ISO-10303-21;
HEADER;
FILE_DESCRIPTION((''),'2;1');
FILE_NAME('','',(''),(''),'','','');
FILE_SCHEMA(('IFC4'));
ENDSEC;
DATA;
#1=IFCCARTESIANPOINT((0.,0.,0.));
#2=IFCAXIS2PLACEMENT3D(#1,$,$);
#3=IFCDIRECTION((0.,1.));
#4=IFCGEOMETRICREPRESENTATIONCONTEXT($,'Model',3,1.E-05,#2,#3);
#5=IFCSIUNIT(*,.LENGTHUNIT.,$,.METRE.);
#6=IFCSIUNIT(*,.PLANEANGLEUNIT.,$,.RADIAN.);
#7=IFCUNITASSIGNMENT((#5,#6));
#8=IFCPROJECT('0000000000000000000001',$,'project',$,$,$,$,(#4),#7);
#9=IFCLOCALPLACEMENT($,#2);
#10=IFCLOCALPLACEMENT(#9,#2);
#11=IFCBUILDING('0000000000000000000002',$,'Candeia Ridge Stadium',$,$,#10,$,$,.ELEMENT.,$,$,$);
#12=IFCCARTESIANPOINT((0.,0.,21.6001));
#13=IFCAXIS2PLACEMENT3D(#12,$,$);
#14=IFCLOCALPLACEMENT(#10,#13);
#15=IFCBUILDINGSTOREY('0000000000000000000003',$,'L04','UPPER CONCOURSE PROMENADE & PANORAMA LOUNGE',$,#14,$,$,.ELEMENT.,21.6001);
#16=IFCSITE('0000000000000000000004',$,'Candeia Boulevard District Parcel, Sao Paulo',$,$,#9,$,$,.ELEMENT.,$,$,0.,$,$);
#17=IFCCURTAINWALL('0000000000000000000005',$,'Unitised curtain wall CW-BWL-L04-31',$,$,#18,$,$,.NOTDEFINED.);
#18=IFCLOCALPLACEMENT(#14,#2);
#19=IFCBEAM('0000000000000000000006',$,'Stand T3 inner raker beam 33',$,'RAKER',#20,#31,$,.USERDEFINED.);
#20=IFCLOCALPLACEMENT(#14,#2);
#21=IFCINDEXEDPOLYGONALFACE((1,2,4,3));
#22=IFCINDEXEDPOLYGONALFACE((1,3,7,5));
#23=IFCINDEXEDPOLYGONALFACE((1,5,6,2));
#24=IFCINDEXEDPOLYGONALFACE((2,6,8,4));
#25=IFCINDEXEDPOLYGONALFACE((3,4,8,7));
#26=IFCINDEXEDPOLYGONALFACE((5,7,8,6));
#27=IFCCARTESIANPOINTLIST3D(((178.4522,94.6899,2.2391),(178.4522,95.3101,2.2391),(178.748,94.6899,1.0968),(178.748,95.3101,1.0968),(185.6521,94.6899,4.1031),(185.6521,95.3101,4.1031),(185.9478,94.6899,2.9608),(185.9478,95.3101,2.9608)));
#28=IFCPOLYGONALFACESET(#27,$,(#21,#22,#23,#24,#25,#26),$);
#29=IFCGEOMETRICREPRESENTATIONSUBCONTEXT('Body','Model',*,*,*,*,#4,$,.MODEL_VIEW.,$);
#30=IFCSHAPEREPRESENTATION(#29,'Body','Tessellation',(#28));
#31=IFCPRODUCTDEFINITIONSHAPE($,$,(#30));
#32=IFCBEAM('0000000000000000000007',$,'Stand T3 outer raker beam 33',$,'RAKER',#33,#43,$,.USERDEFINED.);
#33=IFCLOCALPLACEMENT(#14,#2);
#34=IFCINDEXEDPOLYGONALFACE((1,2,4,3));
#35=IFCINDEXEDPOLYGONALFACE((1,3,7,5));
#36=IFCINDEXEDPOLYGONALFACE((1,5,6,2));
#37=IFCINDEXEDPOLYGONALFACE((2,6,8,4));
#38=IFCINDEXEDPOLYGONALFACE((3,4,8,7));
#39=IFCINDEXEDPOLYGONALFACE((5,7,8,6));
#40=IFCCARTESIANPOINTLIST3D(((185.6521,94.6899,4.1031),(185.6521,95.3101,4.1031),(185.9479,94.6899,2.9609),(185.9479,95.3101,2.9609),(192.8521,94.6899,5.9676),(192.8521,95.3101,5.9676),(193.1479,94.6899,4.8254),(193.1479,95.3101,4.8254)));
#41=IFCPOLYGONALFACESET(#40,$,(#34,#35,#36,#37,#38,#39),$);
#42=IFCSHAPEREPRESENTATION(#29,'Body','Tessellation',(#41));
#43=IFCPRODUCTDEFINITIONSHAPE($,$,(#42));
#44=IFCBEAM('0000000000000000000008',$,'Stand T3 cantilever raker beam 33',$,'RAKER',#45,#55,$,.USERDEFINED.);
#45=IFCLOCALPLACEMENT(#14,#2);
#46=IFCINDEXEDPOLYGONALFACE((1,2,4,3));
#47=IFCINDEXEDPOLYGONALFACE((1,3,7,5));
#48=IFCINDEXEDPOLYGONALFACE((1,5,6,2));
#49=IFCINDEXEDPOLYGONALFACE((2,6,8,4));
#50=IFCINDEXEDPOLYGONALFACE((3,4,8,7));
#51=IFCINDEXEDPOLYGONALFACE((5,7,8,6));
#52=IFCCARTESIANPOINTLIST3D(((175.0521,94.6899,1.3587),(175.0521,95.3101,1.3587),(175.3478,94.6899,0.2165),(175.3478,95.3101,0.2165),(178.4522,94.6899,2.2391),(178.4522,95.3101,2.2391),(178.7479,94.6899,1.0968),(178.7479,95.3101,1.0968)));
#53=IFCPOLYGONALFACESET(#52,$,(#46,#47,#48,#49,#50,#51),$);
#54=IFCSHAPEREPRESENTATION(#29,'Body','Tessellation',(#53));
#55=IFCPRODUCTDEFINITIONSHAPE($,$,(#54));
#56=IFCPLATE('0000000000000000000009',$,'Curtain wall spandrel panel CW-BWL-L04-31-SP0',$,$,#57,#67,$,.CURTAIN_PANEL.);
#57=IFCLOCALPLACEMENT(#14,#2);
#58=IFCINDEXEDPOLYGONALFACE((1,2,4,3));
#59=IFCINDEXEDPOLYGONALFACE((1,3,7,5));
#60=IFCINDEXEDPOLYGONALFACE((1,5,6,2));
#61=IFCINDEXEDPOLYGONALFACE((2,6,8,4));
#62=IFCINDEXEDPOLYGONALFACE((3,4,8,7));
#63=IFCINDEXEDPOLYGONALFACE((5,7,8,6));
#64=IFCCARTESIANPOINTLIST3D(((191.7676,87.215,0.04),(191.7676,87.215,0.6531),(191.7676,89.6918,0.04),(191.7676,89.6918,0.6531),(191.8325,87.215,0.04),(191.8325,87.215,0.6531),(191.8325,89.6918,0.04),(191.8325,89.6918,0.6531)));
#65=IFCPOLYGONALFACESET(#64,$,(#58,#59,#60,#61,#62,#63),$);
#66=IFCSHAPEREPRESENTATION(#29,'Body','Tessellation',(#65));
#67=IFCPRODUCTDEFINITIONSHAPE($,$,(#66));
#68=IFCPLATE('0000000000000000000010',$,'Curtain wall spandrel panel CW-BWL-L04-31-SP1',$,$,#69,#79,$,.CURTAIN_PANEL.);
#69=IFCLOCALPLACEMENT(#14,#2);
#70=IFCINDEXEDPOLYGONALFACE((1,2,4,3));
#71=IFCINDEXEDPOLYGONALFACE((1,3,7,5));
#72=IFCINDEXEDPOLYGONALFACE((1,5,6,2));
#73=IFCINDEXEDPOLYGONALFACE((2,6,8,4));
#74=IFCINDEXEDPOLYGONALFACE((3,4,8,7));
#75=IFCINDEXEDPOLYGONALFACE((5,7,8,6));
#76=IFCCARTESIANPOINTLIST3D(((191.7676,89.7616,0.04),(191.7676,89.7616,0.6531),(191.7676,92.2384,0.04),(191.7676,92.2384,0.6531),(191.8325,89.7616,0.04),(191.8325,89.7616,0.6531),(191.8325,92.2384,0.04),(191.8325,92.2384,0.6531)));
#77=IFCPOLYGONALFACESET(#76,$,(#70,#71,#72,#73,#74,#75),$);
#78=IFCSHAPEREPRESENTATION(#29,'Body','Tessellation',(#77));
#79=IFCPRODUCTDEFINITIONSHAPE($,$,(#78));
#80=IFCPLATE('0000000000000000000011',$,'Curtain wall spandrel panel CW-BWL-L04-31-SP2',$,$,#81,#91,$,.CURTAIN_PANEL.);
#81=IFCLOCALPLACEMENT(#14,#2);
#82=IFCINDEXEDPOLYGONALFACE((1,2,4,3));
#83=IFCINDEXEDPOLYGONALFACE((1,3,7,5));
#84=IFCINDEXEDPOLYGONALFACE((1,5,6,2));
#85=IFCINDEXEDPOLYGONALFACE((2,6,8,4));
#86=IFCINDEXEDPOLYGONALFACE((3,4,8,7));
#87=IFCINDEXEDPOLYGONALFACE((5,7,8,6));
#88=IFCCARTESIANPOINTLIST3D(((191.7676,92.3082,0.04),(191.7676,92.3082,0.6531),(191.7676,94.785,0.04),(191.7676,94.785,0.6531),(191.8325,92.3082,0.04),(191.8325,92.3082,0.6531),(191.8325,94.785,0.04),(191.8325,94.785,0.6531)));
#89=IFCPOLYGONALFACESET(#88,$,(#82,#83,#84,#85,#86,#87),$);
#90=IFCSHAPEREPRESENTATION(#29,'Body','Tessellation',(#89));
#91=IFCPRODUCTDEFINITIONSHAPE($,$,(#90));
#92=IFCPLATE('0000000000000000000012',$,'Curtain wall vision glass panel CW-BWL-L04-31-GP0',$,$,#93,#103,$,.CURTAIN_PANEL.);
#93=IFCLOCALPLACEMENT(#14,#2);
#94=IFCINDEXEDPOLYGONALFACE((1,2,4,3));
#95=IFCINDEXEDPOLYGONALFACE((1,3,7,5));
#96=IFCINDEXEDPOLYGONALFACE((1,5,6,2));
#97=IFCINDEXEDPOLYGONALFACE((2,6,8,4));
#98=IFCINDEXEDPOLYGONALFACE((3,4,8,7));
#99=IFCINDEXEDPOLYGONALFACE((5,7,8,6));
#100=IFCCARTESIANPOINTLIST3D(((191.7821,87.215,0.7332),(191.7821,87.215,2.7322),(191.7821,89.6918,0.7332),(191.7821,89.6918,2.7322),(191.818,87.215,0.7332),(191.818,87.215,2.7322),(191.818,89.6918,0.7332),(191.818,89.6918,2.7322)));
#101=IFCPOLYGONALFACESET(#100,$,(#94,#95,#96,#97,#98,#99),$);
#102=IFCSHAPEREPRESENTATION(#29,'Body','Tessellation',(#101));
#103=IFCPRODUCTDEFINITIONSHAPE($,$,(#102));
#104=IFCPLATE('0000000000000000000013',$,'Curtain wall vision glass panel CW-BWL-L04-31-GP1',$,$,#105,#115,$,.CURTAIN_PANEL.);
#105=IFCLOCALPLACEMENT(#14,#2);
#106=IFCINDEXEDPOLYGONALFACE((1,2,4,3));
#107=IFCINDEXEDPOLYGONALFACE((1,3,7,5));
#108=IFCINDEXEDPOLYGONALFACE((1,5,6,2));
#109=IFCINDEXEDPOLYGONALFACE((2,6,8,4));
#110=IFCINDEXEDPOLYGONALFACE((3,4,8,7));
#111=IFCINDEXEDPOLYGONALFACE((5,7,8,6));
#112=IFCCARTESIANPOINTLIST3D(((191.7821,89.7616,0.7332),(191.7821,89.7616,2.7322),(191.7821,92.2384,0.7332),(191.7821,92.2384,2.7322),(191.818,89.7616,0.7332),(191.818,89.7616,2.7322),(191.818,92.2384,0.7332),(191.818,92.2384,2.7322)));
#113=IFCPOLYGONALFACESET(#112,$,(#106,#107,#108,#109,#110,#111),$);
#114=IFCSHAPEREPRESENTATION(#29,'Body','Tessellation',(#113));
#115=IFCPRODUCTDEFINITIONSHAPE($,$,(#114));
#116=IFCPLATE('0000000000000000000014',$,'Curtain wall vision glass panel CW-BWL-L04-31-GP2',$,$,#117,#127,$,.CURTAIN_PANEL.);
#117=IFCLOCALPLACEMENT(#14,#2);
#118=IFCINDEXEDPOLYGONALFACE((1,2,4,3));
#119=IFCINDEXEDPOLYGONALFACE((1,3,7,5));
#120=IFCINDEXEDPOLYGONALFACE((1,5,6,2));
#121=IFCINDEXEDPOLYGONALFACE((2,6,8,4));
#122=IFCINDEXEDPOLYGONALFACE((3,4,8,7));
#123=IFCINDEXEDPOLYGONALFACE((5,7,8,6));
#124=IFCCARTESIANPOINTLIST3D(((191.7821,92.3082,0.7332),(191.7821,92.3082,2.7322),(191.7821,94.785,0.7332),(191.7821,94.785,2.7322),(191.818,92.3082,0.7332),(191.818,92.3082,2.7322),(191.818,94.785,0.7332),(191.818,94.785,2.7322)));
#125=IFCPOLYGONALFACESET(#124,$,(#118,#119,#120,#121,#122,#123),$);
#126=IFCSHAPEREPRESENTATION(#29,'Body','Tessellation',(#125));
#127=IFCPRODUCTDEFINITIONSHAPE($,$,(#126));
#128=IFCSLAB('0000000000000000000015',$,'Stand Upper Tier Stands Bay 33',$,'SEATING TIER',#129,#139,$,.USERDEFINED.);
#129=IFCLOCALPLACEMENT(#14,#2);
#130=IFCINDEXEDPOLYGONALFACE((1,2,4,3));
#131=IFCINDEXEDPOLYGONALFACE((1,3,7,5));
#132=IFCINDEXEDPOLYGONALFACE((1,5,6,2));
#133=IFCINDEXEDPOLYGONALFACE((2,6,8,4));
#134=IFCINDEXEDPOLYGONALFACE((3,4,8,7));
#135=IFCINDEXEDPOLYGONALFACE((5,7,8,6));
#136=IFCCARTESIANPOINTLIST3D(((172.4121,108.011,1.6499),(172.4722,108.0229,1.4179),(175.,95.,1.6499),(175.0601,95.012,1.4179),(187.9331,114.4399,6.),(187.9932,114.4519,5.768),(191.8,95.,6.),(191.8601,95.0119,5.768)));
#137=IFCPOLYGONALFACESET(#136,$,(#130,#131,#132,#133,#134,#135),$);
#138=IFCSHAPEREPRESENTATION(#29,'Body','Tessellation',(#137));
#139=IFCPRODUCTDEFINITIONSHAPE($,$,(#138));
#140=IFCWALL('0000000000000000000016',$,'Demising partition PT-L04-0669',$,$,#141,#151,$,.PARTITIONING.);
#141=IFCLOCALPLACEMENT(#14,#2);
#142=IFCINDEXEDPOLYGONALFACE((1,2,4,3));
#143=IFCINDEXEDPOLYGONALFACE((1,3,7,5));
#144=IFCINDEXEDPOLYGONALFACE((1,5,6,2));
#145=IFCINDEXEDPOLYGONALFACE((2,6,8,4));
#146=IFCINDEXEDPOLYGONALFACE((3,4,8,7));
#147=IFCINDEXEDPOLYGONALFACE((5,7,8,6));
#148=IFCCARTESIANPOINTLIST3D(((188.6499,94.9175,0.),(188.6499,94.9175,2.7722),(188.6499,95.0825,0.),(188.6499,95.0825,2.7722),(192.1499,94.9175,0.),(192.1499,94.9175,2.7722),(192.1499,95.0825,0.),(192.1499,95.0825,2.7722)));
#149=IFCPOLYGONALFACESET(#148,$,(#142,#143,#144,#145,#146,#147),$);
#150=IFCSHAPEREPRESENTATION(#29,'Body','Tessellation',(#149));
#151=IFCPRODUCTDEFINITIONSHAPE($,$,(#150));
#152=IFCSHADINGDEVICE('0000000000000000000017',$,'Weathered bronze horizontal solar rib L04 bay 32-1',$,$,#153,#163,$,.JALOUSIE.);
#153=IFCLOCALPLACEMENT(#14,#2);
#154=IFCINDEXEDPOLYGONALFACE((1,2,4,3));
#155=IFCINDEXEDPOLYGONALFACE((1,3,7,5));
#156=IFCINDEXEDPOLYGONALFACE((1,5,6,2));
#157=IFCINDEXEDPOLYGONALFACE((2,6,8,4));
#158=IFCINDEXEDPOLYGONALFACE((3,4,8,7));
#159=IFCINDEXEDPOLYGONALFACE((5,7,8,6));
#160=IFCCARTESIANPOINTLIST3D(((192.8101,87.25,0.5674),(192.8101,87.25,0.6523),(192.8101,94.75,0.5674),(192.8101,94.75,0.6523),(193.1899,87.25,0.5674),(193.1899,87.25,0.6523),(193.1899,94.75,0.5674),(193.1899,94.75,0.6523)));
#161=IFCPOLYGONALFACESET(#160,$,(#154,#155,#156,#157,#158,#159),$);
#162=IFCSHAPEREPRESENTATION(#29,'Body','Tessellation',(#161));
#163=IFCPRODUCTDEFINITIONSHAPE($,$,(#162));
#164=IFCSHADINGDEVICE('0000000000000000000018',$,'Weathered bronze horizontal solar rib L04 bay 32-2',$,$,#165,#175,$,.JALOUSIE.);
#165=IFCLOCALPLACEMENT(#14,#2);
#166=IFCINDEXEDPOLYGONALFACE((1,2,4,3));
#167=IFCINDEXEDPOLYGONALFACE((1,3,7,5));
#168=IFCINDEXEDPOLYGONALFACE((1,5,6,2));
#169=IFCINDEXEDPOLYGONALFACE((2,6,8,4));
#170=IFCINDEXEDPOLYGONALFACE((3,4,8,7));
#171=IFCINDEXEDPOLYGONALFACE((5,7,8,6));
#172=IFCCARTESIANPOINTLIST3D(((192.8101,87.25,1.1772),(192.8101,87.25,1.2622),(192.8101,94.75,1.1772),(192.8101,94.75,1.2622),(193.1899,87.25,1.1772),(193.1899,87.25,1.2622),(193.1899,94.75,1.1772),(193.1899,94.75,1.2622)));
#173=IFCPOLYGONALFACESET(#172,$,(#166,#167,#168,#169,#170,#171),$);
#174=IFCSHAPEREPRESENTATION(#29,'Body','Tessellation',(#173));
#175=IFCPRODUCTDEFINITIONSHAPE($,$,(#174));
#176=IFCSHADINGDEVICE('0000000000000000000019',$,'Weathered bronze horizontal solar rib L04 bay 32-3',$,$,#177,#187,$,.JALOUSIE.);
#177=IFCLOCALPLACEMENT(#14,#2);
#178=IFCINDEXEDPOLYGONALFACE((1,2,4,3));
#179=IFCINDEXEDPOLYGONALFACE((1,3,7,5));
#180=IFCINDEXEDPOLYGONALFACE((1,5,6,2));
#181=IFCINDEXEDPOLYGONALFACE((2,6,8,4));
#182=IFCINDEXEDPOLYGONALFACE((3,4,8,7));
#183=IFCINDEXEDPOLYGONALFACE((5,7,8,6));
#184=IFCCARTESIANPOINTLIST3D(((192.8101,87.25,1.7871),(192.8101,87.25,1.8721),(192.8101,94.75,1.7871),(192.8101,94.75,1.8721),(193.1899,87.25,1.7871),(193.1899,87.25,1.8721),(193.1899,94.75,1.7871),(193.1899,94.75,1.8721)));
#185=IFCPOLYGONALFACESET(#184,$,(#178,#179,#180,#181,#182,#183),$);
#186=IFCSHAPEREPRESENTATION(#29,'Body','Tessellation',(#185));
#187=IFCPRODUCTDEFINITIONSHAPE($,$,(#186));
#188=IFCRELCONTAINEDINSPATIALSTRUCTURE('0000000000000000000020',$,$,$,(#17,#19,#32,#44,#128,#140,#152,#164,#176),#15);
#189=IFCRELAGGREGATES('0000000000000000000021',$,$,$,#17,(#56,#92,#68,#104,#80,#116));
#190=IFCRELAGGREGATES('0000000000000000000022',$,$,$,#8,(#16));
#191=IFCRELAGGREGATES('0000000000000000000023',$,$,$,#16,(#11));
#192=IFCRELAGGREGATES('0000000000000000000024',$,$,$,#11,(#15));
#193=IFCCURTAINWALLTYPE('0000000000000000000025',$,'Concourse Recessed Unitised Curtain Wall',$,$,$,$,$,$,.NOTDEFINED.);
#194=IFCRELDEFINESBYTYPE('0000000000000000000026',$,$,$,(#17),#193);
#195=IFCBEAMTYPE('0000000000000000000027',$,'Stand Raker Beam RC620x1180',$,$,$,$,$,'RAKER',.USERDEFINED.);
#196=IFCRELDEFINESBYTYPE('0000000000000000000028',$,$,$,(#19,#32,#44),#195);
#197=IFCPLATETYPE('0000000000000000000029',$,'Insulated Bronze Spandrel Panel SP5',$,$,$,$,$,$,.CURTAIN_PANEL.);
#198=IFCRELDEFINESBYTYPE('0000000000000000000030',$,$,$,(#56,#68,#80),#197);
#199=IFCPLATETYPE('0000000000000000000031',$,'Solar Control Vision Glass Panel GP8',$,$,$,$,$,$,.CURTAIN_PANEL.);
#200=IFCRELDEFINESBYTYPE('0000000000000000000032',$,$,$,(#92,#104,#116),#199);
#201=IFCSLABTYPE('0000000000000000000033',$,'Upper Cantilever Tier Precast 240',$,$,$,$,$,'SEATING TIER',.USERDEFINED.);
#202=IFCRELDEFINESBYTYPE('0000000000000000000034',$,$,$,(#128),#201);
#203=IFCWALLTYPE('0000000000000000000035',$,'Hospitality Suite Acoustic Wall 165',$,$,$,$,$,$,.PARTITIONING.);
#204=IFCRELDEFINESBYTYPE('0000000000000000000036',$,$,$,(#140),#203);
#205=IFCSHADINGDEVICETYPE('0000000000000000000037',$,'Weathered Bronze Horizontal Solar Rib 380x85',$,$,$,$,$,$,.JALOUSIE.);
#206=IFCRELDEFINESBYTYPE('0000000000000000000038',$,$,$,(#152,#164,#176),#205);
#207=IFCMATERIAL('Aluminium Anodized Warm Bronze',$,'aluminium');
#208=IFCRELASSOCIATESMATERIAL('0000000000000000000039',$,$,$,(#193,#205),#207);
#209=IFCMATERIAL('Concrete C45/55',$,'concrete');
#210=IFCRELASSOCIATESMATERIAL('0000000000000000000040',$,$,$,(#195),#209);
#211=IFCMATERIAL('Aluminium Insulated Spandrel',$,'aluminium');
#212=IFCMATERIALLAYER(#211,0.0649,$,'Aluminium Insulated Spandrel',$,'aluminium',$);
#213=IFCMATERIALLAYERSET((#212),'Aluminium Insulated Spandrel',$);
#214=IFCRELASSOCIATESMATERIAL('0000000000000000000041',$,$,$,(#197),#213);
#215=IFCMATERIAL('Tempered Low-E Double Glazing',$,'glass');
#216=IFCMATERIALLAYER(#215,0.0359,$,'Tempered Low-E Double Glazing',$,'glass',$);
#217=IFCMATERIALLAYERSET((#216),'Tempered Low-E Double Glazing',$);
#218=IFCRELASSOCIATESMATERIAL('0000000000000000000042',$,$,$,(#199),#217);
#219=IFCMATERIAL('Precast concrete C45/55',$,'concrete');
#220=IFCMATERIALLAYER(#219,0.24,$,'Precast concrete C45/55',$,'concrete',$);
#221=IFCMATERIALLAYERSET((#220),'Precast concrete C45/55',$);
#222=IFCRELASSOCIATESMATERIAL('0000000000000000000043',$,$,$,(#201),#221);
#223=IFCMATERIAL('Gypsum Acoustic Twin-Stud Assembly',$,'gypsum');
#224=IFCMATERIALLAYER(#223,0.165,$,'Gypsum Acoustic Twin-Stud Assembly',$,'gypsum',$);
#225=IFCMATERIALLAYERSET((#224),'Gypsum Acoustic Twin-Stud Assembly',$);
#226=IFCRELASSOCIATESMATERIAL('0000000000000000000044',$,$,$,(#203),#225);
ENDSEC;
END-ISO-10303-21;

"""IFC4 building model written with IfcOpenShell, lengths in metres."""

from ifc_helpers import new_model, si_unit, direction, frame, frame_2d, origin, origin_2d, place, context, subcontext, project, spatial, polyline, rectangle, outline, extrude, material, layer, layer_set, material_profile, profile_set, type_object, element, aggregate, save


model = new_model("IFC4")

# Units and contexts
model_context = context("Model", 3, precision=1e-05, world=origin(), true_north=direction((0.0, 1.0)))
body_context = subcontext(model_context, "Body", "Model", "MODEL_VIEW")
ifc_project = project(units=[si_unit("LENGTHUNIT", "METRE"), si_unit("PLANEANGLEUNIT", "RADIAN")], contexts=[model_context])

# Site, building, storey
site_placement = place(None, origin())
site = spatial("IfcSite", under=ifc_project, at=site_placement, Name="Candeia Boulevard District Parcel, Sao Paulo", CompositionType="ELEMENT", RefElevation=0.0)
building_placement = place(site_placement, origin())
building = spatial("IfcBuilding", under=site, at=building_placement, Name="Candeia Ridge Stadium", CompositionType="ELEMENT")
storey_placement = place(building_placement, frame((0.0, 0.0, 21.6001)))
storey = spatial("IfcBuildingStorey", under=building, at=storey_placement, Name="L04", Description="UPPER CONCOURSE PROMENADE & PANORAMA LOUNGE", CompositionType="ELEMENT", Elevation=21.6001)

# Shared definitions
ifc_material_1 = material(Name="Concrete C45/55", Category="concrete")

# Curtain wall
ifc_material_2 = material(Name="Aluminium Anodized Warm Bronze", Category="aluminium")
curtain_wall_type = type_object("IfcCurtainWallType", Name="Concourse Recessed Unitised Curtain Wall", PredefinedType="NOTDEFINED", material=ifc_material_2)
curtain_wall_1_placement = place(storey_placement, origin())
curtain_wall_1 = element("IfcCurtainWall", 1, at=curtain_wall_1_placement, inside=storey, type_object=curtain_wall_type, Name="Unitised curtain wall CW-BWL-L04-31", PredefinedType="NOTDEFINED")

# Beams
ifc_material_profile_1 = material_profile(ifc_material_1, rectangle(XDim=0.6201, YDim=1.1799, at=origin_2d()), Name="RC620x1180", Category="concrete")
ifc_profile_set_1 = profile_set([ifc_material_profile_1], Name="Concrete C45/55")
beam_type_1 = type_object("IfcBeamType", Name="Stand Raker Beam RC620x1180", ElementType="RAKER", PredefinedType="USERDEFINED", material=ifc_profile_set_1)
beam_1_placement = place(storey_placement, frame((178.6001, 95.0, 1.668), z_axis=(0.968083, 0.0, 0.250629), x_axis=(0.0, 1.0, 0.0)))
element("IfcBeam", 2, at=beam_1_placement, inside=storey, type_object=beam_type_1, Name="Stand T3 inner raker beam 33", ObjectType="RAKER", PredefinedType="USERDEFINED", context=body_context, shape_type="SweptSolid", body=[
    extrude(rectangle(XDim=0.6201, YDim=1.1799, at=origin_2d()), origin(), (0.0, 0.0, 1.0), 7.4373),
])
beam_2_placement = place(storey_placement, frame((185.8, 95.0, 3.532), z_axis=(0.968067, 0.0, 0.250691), x_axis=(0.0, 1.0, 0.0)))
element("IfcBeam", 3, at=beam_2_placement, inside=storey, type_object=beam_type_1, Name="Stand T3 outer raker beam 33", ObjectType="RAKER", PredefinedType="USERDEFINED", context=body_context, shape_type="SweptSolid", body=[
    extrude(rectangle(XDim=0.6201, YDim=1.1799, at=origin_2d()), origin(), (0.0, 0.0, 1.0), 7.4375),
])
beam_3_placement = place(storey_placement, frame((175.2, 95.0, 0.7876), z_axis=(0.968076, 0.0, 0.250656), x_axis=(0.0, 1.0, 0.0)))
element("IfcBeam", 4, at=beam_3_placement, inside=storey, type_object=beam_type_1, Name="Stand T3 cantilever raker beam 33", ObjectType="RAKER", PredefinedType="USERDEFINED", context=body_context, shape_type="SweptSolid", body=[
    extrude(rectangle(XDim=0.6201, YDim=1.1799, at=origin_2d()), origin(), (0.0, 0.0, 1.0), 3.5122),
])

# Plates
ifc_material_3 = material(Name="Aluminium Insulated Spandrel", Category="aluminium")
ifc_layer_1 = layer(ifc_material_3, 0.0649, Name="Aluminium Insulated Spandrel", Category="aluminium")
ifc_layer_set_1 = layer_set([ifc_layer_1], Name="Aluminium Insulated Spandrel")
plate_type_1 = type_object("IfcPlateType", Name="Insulated Bronze Spandrel Panel SP5", PredefinedType="CURTAIN_PANEL", material=ifc_layer_set_1)
plate_1_placement = place(storey_placement, frame((191.8, 88.4534, 0.04), z_axis=(0.0, 0.0, 1.0), x_axis=(0.0, 1.0, 0.0)))
plate_1 = element("IfcPlate", 5, at=plate_1_placement, type_object=plate_type_1, Name="Curtain wall spandrel panel CW-BWL-L04-31-SP0", PredefinedType="CURTAIN_PANEL", context=body_context, shape_type="SweptSolid", body=[
    extrude(rectangle(XDim=2.4768, YDim=0.0649, at=origin_2d()), origin(), (0.0, 0.0, 1.0), 0.613),
])
plate_2_placement = place(storey_placement, frame((191.8, 91.0, 0.04), z_axis=(0.0, 0.0, 1.0), x_axis=(0.0, 1.0, 0.0)))
plate_2 = element("IfcPlate", 6, at=plate_2_placement, type_object=plate_type_1, Name="Curtain wall spandrel panel CW-BWL-L04-31-SP1", PredefinedType="CURTAIN_PANEL", context=body_context, shape_type="SweptSolid", body=[
    extrude(rectangle(XDim=2.4768, YDim=0.0649, at=origin_2d()), origin(), (0.0, 0.0, 1.0), 0.613),
])
plate_3_placement = place(storey_placement, frame((191.8, 93.5466, 0.04), z_axis=(0.0, 0.0, 1.0), x_axis=(0.0, 1.0, 0.0)))
plate_3 = element("IfcPlate", 7, at=plate_3_placement, type_object=plate_type_1, Name="Curtain wall spandrel panel CW-BWL-L04-31-SP2", PredefinedType="CURTAIN_PANEL", context=body_context, shape_type="SweptSolid", body=[
    extrude(rectangle(XDim=2.4768, YDim=0.0649, at=origin_2d()), origin(), (0.0, 0.0, 1.0), 0.613),
])
ifc_material_4 = material(Name="Tempered Low-E Double Glazing", Category="glass")
ifc_layer_2 = layer(ifc_material_4, 0.0359, Name="Tempered Low-E Double Glazing", Category="glass")
ifc_layer_set_2 = layer_set([ifc_layer_2], Name="Tempered Low-E Double Glazing")
plate_type_2 = type_object("IfcPlateType", Name="Solar Control Vision Glass Panel GP8", PredefinedType="CURTAIN_PANEL", material=ifc_layer_set_2)
plate_4_placement = place(storey_placement, frame((191.8, 88.4534, 0.7332), z_axis=(0.0, 0.0, 1.0), x_axis=(0.0, 1.0, 0.0)))
plate_4 = element("IfcPlate", 8, at=plate_4_placement, type_object=plate_type_2, Name="Curtain wall vision glass panel CW-BWL-L04-31-GP0", PredefinedType="CURTAIN_PANEL", context=body_context, shape_type="SweptSolid", body=[
    extrude(rectangle(XDim=2.4768, YDim=0.0359, at=origin_2d()), origin(), (0.0, 0.0, 1.0), 1.999),
])
plate_5_placement = place(storey_placement, frame((191.8, 91.0, 0.7332), z_axis=(0.0, 0.0, 1.0), x_axis=(0.0, 1.0, 0.0)))
plate_5 = element("IfcPlate", 9, at=plate_5_placement, type_object=plate_type_2, Name="Curtain wall vision glass panel CW-BWL-L04-31-GP1", PredefinedType="CURTAIN_PANEL", context=body_context, shape_type="SweptSolid", body=[
    extrude(rectangle(XDim=2.4768, YDim=0.0359, at=origin_2d()), origin(), (0.0, 0.0, 1.0), 1.999),
])
plate_6_placement = place(storey_placement, frame((191.8, 93.5466, 0.7332), z_axis=(0.0, 0.0, 1.0), x_axis=(0.0, 1.0, 0.0)))
plate_6 = element("IfcPlate", 10, at=plate_6_placement, type_object=plate_type_2, Name="Curtain wall vision glass panel CW-BWL-L04-31-GP2", PredefinedType="CURTAIN_PANEL", context=body_context, shape_type="SweptSolid", body=[
    extrude(rectangle(XDim=2.4768, YDim=0.0359, at=origin_2d()), origin(), (0.0, 0.0, 1.0), 1.999),
])
aggregate(curtain_wall_1, [plate_1, plate_4, plate_2, plate_5, plate_3, plate_6])

# Slab
ifc_material_5 = material(Name="Precast concrete C45/55", Category="concrete")
ifc_layer_3 = layer(ifc_material_5, 0.24, Name="Precast concrete C45/55", Category="concrete")
ifc_layer_set_3 = layer_set([ifc_layer_3], Name="Precast concrete C45/55")
slab_type = type_object("IfcSlabType", Name="Upper Cantilever Tier Precast 240", ElementType="SEATING TIER", PredefinedType="USERDEFINED", material=ifc_layer_set_3)
slab_placement = place(storey_placement, frame((175.0, 95.0, 1.6499), z_axis=(-0.250358, -0.049799, 0.966872), x_axis=(-0.19508, 0.980787, 0.000002)))
element("IfcSlab", 11, at=slab_placement, inside=storey, type_object=slab_type, Name="Stand Upper Tier Stands Bay 33", ObjectType="SEATING TIER", PredefinedType="USERDEFINED", context=body_context, shape_type="SweptSolid", body=[
    extrude(outline(polyline([(0.0, 0.0), (13.2659, 0.0), (16.5435, -17.0415), (-3.2773, -17.0418), (0.0, 0.0)])), origin(), (0.0, 0.0, -1.0), 0.24),
])

# Wall
ifc_material_6 = material(Name="Gypsum Acoustic Twin-Stud Assembly", Category="gypsum")
ifc_layer_4 = layer(ifc_material_6, 0.165, Name="Gypsum Acoustic Twin-Stud Assembly", Category="gypsum")
ifc_layer_set_4 = layer_set([ifc_layer_4], Name="Gypsum Acoustic Twin-Stud Assembly")
wall_type = type_object("IfcWallType", Name="Hospitality Suite Acoustic Wall 165", PredefinedType="PARTITIONING", material=ifc_layer_set_4)
wall_placement = place(storey_placement, frame((188.6499, 95.0, 0.0), z_axis=(0.0, 0.0, 1.0), x_axis=(1.0, 0.0, 0.0)))
element("IfcWall", 12, at=wall_placement, inside=storey, type_object=wall_type, Name="Demising partition PT-L04-0669", PredefinedType="PARTITIONING", context=body_context, shape_type="SweptSolid", body=[
    extrude(rectangle(XDim=3.5, YDim=0.165, at=frame_2d((1.75, 0.0))), origin(), (0.0, 0.0, 1.0), 2.7722),
])

# Shading devices
shading_device_type = type_object("IfcShadingDeviceType", Name="Weathered Bronze Horizontal Solar Rib 380x85", PredefinedType="JALOUSIE", material=ifc_material_2)
for number, where, z_axis, x_axis, name in (
    (13, (193.0, 91.0, 0.5674), (0.0, 0.0, 1.0), (0.0, 1.0, 0.0), "Weathered bronze horizontal solar rib L04 bay 32-1"),
    (14, (193.0, 91.0, 1.1772), (0.0, 0.0, 1.0), (0.0, 1.0, 0.0), "Weathered bronze horizontal solar rib L04 bay 32-2"),
    (15, (193.0, 91.0, 1.7871), (0.0, 0.0, 1.0), (0.0, 1.0, 0.0), "Weathered bronze horizontal solar rib L04 bay 32-3"),
):
    element("IfcShadingDevice", number, at=place(storey_placement, frame(where, z_axis=z_axis, x_axis=x_axis)), inside=storey, type_object=shading_device_type, Name=name, PredefinedType="JALOUSIE", context=body_context, shape_type="SweptSolid", body=[
        extrude(rectangle(XDim=7.5, YDim=0.3799, at=origin_2d()), origin(), (0.0, 0.0, 1.0), 0.085),
    ])

save(model, "model.ifc")
